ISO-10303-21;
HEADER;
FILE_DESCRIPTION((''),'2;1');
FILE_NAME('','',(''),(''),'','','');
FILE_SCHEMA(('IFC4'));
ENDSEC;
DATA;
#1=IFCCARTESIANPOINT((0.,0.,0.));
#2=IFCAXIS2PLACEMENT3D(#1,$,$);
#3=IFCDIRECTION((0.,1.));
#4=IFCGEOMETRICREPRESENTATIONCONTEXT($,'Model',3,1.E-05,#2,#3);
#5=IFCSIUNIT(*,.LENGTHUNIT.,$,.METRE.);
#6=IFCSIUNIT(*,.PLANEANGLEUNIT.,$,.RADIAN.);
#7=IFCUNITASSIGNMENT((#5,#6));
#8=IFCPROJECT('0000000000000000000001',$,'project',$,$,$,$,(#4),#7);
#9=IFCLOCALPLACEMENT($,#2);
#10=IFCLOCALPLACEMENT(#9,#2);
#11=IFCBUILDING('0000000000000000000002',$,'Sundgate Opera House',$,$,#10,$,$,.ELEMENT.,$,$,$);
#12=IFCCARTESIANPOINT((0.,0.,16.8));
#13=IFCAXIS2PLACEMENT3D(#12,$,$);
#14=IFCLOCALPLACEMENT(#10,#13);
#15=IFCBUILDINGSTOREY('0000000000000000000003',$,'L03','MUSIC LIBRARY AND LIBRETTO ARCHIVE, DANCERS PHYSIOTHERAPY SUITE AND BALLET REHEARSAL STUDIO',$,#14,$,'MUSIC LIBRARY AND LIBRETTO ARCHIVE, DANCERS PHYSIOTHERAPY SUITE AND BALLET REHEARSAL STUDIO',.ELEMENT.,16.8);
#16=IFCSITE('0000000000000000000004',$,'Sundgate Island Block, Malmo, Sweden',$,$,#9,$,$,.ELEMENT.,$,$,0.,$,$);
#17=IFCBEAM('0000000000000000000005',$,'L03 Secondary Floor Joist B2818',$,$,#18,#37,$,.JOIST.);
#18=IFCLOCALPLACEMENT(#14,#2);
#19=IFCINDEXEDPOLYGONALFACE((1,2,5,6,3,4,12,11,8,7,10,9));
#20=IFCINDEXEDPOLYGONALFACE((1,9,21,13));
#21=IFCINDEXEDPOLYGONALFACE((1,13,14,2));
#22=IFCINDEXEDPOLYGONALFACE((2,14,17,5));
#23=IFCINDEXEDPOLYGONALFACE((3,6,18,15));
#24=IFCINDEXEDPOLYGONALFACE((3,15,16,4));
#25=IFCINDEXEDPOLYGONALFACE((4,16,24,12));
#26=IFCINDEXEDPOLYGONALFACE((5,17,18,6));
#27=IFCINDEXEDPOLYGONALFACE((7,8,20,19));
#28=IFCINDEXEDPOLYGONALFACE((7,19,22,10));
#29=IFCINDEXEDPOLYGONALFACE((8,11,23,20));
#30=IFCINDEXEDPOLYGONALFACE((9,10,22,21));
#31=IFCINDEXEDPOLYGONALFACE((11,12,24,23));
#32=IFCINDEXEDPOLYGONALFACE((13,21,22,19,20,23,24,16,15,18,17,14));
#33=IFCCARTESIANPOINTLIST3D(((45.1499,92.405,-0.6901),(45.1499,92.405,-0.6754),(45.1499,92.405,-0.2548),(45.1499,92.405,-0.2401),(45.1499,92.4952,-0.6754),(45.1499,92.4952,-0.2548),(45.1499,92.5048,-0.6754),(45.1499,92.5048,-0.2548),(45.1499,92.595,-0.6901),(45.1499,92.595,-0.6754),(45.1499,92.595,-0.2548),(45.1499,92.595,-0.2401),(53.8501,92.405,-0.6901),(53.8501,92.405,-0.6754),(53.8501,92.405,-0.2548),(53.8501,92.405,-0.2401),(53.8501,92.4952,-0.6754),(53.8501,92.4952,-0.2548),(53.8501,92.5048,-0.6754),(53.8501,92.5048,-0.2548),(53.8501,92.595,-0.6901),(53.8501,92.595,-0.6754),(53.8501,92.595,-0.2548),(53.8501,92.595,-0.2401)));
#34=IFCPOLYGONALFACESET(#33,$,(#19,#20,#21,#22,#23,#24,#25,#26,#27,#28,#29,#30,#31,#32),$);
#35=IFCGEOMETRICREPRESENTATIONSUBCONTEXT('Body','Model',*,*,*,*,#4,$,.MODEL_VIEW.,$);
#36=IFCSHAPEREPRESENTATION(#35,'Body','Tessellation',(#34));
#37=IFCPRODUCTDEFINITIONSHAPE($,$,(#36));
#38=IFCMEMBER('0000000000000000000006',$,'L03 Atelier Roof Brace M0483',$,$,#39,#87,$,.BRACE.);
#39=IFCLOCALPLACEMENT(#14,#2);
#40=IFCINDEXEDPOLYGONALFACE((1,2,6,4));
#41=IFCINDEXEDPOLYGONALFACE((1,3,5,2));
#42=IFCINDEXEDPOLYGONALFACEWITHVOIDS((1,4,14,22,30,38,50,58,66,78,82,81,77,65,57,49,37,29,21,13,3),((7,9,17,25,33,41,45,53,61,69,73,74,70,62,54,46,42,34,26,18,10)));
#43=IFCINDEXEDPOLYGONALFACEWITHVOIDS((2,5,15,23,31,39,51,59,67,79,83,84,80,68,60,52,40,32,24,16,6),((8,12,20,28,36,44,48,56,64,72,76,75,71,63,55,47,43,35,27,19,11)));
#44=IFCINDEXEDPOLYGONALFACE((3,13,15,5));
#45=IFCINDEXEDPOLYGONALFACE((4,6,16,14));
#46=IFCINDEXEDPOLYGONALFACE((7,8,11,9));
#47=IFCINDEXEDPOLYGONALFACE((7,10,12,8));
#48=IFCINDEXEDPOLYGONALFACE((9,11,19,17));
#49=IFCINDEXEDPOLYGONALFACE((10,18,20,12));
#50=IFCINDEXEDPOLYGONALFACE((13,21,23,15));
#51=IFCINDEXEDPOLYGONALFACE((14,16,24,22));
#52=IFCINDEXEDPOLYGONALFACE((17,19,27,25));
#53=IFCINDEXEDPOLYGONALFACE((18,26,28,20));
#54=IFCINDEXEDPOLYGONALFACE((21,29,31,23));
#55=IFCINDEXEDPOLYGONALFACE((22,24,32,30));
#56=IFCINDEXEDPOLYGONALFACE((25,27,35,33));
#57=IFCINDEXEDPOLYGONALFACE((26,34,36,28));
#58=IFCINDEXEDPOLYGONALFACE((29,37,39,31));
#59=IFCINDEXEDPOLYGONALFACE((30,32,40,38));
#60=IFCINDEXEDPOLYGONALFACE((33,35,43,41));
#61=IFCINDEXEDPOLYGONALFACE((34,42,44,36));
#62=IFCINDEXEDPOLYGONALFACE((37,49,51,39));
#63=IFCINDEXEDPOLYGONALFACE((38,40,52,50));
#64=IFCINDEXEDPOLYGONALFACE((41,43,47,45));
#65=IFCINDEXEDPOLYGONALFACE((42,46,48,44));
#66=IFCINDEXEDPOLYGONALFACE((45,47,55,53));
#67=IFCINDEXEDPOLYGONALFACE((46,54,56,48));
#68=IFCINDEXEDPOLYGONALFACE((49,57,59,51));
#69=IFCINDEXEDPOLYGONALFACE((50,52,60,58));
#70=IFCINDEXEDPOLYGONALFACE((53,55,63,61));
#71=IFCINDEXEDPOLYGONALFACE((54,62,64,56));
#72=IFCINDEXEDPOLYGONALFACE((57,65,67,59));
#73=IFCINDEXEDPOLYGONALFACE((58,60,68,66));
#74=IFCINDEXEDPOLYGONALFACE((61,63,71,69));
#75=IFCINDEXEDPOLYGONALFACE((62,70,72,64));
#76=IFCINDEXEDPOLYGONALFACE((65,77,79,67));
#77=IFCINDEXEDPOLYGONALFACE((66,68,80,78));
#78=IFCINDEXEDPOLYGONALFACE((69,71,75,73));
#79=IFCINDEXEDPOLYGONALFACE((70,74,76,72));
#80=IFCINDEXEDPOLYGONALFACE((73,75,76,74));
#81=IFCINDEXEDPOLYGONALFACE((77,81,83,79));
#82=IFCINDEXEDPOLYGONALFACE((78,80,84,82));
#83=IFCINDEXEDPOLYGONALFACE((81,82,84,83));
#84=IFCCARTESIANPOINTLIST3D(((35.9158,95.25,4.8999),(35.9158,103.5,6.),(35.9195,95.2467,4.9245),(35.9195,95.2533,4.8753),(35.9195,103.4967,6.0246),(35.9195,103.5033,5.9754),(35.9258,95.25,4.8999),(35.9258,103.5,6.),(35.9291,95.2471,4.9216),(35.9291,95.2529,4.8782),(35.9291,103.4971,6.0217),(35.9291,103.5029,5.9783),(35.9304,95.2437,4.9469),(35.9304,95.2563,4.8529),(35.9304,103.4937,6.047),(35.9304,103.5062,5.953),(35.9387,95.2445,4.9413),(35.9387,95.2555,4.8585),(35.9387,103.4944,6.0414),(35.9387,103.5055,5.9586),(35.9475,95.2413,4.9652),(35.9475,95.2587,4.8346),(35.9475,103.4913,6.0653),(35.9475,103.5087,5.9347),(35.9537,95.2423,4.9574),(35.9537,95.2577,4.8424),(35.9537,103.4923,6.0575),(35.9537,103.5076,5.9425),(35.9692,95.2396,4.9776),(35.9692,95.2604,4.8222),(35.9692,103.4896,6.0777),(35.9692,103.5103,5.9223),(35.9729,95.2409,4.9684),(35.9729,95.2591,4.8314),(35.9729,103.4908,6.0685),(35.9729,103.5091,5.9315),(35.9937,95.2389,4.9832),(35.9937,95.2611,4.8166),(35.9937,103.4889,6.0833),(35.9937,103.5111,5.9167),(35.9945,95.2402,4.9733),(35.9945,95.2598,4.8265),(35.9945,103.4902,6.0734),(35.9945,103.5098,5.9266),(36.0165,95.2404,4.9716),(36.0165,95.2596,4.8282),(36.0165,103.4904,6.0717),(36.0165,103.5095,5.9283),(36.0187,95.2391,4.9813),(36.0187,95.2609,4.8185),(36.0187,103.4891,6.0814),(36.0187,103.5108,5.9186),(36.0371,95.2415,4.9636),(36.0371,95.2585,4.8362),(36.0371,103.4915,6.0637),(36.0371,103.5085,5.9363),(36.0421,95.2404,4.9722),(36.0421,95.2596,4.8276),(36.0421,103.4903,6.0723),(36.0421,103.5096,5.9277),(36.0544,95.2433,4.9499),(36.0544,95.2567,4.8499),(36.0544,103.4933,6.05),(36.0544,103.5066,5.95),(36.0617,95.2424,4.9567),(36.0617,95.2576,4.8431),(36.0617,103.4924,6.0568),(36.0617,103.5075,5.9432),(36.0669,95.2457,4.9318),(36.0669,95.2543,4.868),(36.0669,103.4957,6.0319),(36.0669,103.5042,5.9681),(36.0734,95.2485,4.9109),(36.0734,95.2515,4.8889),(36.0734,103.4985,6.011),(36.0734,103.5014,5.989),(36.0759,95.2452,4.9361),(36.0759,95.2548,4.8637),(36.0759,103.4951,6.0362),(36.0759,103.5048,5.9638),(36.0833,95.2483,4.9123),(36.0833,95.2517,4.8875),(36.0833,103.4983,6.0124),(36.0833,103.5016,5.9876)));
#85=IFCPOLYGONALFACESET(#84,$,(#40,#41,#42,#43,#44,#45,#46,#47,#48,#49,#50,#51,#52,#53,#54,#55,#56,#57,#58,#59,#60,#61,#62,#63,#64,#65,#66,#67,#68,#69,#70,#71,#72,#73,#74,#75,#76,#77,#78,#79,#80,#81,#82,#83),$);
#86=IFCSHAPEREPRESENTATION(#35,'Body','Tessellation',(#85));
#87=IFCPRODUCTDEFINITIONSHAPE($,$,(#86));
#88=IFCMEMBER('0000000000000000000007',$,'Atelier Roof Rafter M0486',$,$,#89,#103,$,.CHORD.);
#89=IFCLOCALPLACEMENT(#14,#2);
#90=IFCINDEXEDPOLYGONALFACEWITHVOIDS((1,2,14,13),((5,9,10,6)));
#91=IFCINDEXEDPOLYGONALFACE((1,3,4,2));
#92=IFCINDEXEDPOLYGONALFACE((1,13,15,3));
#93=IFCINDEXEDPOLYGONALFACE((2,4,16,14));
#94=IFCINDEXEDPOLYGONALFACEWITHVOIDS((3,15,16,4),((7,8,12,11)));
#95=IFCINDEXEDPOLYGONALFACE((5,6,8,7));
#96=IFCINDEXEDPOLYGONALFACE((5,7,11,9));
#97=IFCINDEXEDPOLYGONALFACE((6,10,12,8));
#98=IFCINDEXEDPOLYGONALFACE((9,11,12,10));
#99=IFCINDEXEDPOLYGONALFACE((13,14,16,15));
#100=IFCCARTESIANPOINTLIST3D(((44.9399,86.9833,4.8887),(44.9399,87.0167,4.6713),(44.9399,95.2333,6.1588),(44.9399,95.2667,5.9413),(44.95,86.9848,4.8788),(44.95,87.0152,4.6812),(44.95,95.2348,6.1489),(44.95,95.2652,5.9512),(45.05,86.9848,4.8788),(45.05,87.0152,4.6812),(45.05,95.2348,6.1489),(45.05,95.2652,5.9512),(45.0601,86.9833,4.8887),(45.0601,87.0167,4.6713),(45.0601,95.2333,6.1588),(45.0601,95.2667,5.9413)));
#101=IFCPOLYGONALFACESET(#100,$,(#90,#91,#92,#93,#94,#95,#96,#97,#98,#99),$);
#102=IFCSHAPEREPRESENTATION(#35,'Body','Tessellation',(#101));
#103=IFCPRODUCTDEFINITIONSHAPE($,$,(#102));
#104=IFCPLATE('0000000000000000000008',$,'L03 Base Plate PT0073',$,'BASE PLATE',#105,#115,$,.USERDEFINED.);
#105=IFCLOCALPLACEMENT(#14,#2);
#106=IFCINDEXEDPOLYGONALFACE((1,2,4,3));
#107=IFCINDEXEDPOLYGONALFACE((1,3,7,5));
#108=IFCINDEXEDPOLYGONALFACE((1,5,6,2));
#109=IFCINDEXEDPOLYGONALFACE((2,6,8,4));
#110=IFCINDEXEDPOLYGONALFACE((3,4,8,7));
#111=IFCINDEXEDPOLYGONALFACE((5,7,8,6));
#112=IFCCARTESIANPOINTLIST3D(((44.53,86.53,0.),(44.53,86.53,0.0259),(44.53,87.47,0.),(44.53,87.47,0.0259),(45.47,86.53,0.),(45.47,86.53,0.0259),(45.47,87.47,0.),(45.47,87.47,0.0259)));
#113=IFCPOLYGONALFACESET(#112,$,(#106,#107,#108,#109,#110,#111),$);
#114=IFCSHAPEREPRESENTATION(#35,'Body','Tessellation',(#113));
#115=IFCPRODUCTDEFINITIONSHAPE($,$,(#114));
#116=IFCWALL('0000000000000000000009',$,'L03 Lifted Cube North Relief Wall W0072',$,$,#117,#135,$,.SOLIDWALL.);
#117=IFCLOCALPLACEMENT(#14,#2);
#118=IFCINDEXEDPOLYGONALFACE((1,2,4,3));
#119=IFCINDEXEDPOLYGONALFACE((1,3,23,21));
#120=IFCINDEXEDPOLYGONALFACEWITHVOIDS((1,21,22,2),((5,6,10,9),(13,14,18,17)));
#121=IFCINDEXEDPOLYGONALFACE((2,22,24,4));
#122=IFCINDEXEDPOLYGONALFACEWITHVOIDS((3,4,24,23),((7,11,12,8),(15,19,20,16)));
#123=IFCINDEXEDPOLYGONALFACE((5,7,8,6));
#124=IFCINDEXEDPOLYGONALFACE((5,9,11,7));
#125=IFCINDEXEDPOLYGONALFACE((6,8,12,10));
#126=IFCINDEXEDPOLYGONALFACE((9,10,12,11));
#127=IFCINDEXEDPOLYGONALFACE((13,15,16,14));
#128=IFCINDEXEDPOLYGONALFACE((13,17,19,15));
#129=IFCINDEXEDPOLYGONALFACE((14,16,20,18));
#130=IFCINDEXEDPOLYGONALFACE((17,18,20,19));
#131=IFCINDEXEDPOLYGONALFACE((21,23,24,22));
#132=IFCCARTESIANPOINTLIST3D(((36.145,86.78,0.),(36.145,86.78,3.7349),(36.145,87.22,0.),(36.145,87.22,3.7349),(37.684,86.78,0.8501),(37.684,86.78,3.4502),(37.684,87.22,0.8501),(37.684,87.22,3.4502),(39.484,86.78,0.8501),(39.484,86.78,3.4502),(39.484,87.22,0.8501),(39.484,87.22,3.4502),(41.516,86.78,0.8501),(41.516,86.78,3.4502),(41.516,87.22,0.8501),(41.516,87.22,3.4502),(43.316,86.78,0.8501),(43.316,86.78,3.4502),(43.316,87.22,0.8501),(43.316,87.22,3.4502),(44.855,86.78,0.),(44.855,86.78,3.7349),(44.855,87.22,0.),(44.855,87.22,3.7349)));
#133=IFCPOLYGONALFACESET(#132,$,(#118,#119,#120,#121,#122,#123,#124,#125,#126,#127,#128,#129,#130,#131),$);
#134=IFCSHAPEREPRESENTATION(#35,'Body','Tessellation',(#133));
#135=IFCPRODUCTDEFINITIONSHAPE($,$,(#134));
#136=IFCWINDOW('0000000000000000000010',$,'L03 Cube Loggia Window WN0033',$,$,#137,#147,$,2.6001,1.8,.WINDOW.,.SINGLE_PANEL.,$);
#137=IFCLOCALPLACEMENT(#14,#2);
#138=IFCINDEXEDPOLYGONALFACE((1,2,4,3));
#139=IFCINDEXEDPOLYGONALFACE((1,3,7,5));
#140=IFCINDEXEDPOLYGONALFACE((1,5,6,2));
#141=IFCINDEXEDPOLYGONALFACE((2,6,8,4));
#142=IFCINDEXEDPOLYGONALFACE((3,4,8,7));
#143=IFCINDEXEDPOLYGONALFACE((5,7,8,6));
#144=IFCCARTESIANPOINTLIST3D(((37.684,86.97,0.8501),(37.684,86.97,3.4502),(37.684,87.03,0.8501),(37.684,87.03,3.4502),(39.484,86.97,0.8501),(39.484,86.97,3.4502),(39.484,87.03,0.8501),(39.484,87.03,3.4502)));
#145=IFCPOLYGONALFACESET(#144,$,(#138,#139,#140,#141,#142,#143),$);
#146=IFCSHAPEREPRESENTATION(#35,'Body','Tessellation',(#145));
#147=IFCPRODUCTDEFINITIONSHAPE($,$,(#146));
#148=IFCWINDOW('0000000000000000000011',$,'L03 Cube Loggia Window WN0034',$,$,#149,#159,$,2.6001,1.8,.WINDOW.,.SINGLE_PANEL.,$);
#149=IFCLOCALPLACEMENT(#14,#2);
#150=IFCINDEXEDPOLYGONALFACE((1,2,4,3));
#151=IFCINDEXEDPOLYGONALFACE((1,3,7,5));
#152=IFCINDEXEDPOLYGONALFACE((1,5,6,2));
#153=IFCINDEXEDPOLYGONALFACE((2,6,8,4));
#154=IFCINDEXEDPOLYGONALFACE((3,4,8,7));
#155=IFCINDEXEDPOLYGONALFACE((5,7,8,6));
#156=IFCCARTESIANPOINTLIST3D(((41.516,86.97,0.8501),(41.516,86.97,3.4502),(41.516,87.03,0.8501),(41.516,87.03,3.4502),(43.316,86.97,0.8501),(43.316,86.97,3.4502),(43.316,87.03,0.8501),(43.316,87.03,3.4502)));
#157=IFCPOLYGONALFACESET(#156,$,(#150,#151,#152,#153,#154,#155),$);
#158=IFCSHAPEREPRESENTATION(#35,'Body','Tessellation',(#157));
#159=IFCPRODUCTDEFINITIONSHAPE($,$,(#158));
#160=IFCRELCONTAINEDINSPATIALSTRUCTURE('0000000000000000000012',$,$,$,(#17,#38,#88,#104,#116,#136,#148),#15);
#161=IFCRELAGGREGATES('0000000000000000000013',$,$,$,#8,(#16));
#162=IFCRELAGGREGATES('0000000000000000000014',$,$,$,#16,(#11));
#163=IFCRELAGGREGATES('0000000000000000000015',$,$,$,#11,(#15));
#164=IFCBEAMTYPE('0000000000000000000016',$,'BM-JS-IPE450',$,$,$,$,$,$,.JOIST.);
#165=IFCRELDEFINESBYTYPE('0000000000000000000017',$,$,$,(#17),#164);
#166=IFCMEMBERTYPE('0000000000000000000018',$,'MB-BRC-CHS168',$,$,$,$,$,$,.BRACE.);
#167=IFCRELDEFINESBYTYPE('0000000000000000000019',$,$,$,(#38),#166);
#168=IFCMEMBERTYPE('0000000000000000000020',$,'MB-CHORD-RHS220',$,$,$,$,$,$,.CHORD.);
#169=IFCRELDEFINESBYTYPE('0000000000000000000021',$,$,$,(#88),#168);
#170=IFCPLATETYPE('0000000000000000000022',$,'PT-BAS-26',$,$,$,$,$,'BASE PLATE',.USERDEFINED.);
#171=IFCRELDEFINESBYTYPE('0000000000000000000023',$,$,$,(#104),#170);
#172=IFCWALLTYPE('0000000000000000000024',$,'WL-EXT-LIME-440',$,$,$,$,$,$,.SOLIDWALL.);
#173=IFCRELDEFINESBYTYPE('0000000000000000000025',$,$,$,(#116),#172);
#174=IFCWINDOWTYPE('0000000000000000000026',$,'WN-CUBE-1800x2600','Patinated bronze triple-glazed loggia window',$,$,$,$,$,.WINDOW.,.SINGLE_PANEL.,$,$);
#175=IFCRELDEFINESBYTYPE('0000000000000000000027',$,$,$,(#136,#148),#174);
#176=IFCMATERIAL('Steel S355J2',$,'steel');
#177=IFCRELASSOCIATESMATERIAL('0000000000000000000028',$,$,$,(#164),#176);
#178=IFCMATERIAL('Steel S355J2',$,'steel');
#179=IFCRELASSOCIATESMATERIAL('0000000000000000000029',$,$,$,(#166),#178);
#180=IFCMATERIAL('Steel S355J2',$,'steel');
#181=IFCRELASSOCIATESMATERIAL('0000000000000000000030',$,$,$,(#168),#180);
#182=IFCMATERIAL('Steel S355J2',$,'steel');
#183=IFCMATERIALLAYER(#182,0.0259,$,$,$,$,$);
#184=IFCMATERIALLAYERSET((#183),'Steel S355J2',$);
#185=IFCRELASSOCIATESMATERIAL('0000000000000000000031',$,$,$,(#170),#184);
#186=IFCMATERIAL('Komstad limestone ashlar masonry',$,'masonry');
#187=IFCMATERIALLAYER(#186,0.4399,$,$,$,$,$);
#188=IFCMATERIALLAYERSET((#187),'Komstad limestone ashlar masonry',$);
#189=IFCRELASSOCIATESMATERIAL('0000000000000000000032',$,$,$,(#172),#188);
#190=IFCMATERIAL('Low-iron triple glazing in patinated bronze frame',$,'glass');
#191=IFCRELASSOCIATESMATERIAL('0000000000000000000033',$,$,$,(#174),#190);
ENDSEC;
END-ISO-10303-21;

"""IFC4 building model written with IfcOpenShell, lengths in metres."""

from ifc_helpers import new_model, si_unit, direction, frame, frame_2d, origin, origin_2d, place, context, subcontext, project, spatial, rectangle, hollow_rectangle, hollow_circle, i_section, extrude, material, layer, layer_set, material_profile, profile_set, type_object, element, fill, save


model = new_model("IFC4")

# Units and contexts
model_context = context("Model", 3, precision=1e-05, world=origin(), true_north=direction((0.0, 1.0)))
body_context = subcontext(model_context, "Body", "Model", "MODEL_VIEW")
ifc_project = project(units=[si_unit("LENGTHUNIT", "METRE"), si_unit("PLANEANGLEUNIT", "RADIAN")], contexts=[model_context])

# Site, building, storey
site_placement = place(None, origin())
site = spatial("IfcSite", under=ifc_project, at=site_placement, Name="Sundgate Island Block, Malmo, Sweden", CompositionType="ELEMENT", RefElevation=0.0)
building_placement = place(site_placement, origin())
building = spatial("IfcBuilding", under=site, at=building_placement, Name="Sundgate Opera House", CompositionType="ELEMENT")
storey_placement = place(building_placement, frame((0.0, 0.0, 16.8)))
storey = spatial("IfcBuildingStorey", under=building, at=storey_placement, Name="L03", Description="MUSIC LIBRARY AND LIBRETTO ARCHIVE, DANCERS PHYSIOTHERAPY SUITE AND BALLET REHEARSAL STUDIO", LongName="MUSIC LIBRARY AND LIBRETTO ARCHIVE, DANCERS PHYSIOTHERAPY SUITE AND BALLET REHEARSAL STUDIO", CompositionType="ELEMENT", Elevation=16.8)

# Beam
ifc_material_1 = material(Name="Steel S355J2", Category="steel")
ifc_material_profile_1 = material_profile(ifc_material_1, i_section(OverallWidth=0.1899, OverallDepth=0.45, WebThickness=0.0095, FlangeThickness=0.0146, at=origin_2d()), Name="IPE 450")
ifc_profile_set_1 = profile_set([ifc_material_profile_1], Name="Steel S355J2")
beam_type_1 = type_object("IfcBeamType", Name="BM-JS-IPE450", PredefinedType="JOIST", material=ifc_profile_set_1)
beam_1_placement = place(storey_placement, frame((45.1499, 92.5, -0.4651), z_axis=(1.0, 0.0, 0.0), x_axis=(0.0, 1.0, 0.0)))
element("IfcBeam", 1, at=beam_1_placement, inside=storey, type_object=beam_type_1, Name="L03 Secondary Floor Joist B2818", PredefinedType="JOIST", context=body_context, shape_type="SweptSolid", body=[
    extrude(i_section(OverallWidth=0.1899, OverallDepth=0.45, WebThickness=0.0095, FlangeThickness=0.0146, at=origin_2d()), origin(), (0.0, 0.0, 1.0), 8.7002),
])

# Members
ifc_material_2 = material(Name="Steel S355J2", Category="steel")
ifc_material_profile_2 = material_profile(ifc_material_2, hollow_circle(Radius=0.0842, WallThickness=0.01, at=origin_2d()), Name="CHS 168.3x10.0")
ifc_profile_set_2 = profile_set([ifc_material_profile_2], Name="Steel S355J2")
member_type_1 = type_object("IfcMemberType", Name="MB-BRC-CHS168", PredefinedType="BRACE", material=ifc_profile_set_2)
member_1_placement = place(storey_placement, frame((36.0, 95.25, 4.8999), z_axis=(0.0, 0.991226, 0.132175), x_axis=(-1.0, 0.0, 0.0)))
element("IfcMember", 2, at=member_1_placement, inside=storey, type_object=member_type_1, Name="L03 Atelier Roof Brace M0483", PredefinedType="BRACE", context=body_context, shape_type="SweptSolid", body=[
    extrude(hollow_circle(Radius=0.0842, WallThickness=0.01, at=origin_2d()), origin(), (0.0, 0.0, 1.0), 8.323),
])
ifc_material_3 = material(Name="Steel S355J2", Category="steel")
ifc_material_profile_3 = material_profile(ifc_material_3, hollow_rectangle(XDim=0.1201, YDim=0.22, WallThickness=0.01, at=origin_2d()), Name="RHS 220x120x10.0")
ifc_profile_set_3 = profile_set([ifc_material_profile_3], Name="Steel S355J2")
member_type_2 = type_object("IfcMemberType", Name="MB-CHORD-RHS220", PredefinedType="CHORD", material=ifc_profile_set_3)
member_2_placement = place(storey_placement, frame((45.0, 87.0, 4.78), z_axis=(0.0, 0.988357, 0.152149), x_axis=(-1.0, 0.0, 0.0)))
element("IfcMember", 3, at=member_2_placement, inside=storey, type_object=member_type_2, Name="Atelier Roof Rafter M0486", PredefinedType="CHORD", context=body_context, shape_type="SweptSolid", body=[
    extrude(hollow_rectangle(XDim=0.1201, YDim=0.22, WallThickness=0.01, at=origin_2d()), origin(), (0.0, 0.0, 1.0), 8.3472),
])

# Plate
ifc_material_4 = material(Name="Steel S355J2", Category="steel")
ifc_layer_1 = layer(ifc_material_4, 0.0259)
ifc_layer_set_1 = layer_set([ifc_layer_1], Name="Steel S355J2")
plate_type = type_object("IfcPlateType", Name="PT-BAS-26", ElementType="BASE PLATE", PredefinedType="USERDEFINED", material=ifc_layer_set_1)
plate_placement = place(storey_placement, frame((45.0, 87.0, 0.0), z_axis=(0.0, 0.0, 1.0), x_axis=(1.0, 0.0, 0.0)))
element("IfcPlate", 4, at=plate_placement, inside=storey, type_object=plate_type, Name="L03 Base Plate PT0073", ObjectType="BASE PLATE", PredefinedType="USERDEFINED", context=body_context, shape_type="SweptSolid", body=[
    extrude(rectangle(XDim=0.9399, YDim=0.9399, at=origin_2d()), origin(), (0.0, 0.0, 1.0), 0.0259),
])

# Wall, openings, windows
ifc_material_5 = material(Name="Komstad limestone ashlar masonry", Category="masonry")
ifc_layer_2 = layer(ifc_material_5, 0.4399)
ifc_layer_set_2 = layer_set([ifc_layer_2], Name="Komstad limestone ashlar masonry")
wall_type_1 = type_object("IfcWallType", Name="WL-EXT-LIME-440", PredefinedType="SOLIDWALL", material=ifc_layer_set_2)
wall_1_placement = place(storey_placement, frame((36.145, 87.0, 0.0), z_axis=(0.0, 0.0, 1.0), x_axis=(1.0, 0.0, 0.0)))
wall_1 = element("IfcWall", 5, at=wall_1_placement, inside=storey, type_object=wall_type_1, Name="L03 Lifted Cube North Relief Wall W0072", PredefinedType="SOLIDWALL", context=body_context, shape_type="SweptSolid", body=[
    extrude(rectangle(XDim=8.71, YDim=0.4399, at=frame_2d((4.355, 0.0))), origin(), (0.0, 0.0, 1.0), 3.7349),
])
opening_1_placement = place(wall_1_placement, frame((1.5391, 0.0, 0.8501)))
opening_1 = element("IfcOpeningElement", 6, at=opening_1_placement, cuts=wall_1, PredefinedType="OPENING", context=body_context, shape_type="SweptSolid", body=[
    extrude(rectangle(XDim=1.8, YDim=2.6001, at=frame_2d((0.8999, 1.3))), frame((0.0, 0.23, 0.0), z_axis=(0.0, -1.0, 0.0), x_axis=(1.0, 0.0, 0.0)), (0.0, 0.0, 1.0), 0.46),
])
opening_2_placement = place(wall_1_placement, frame((5.3711, 0.0, 0.8501)))
opening_2 = element("IfcOpeningElement", 7, at=opening_2_placement, cuts=wall_1, PredefinedType="OPENING", context=body_context, shape_type="SweptSolid", body=[
    extrude(rectangle(XDim=1.8, YDim=2.6001, at=frame_2d((0.8999, 1.3))), frame((0.0, 0.23, 0.0), z_axis=(0.0, -1.0, 0.0), x_axis=(1.0, 0.0, 0.0)), (0.0, 0.0, 1.0), 0.46),
])
ifc_material_6 = material(Name="Low-iron triple glazing in patinated bronze frame", Category="glass")
window_type = type_object("IfcWindowType", Name="WN-CUBE-1800x2600", Description="Patinated bronze triple-glazed loggia window", PartitioningType="SINGLE_PANEL", PredefinedType="WINDOW", material=ifc_material_6)
window_1_placement = place(opening_1_placement, origin())
window_1 = element("IfcWindow", 8, at=window_1_placement, inside=storey, type_object=window_type, Name="L03 Cube Loggia Window WN0033", OverallHeight=2.6001, OverallWidth=1.8, PartitioningType="SINGLE_PANEL", PredefinedType="WINDOW", context=body_context, shape_type="SweptSolid", body=[
    extrude(rectangle(XDim=1.8, YDim=2.6001, at=frame_2d((0.8999, 1.3))), frame((0.0, 0.03, 0.0), z_axis=(0.0, -1.0, 0.0), x_axis=(1.0, 0.0, 0.0)), (0.0, 0.0, 1.0), 0.0601),
])
fill(opening_1, window_1)
window_2_placement = place(opening_2_placement, origin())
window_2 = element("IfcWindow", 9, at=window_2_placement, inside=storey, type_object=window_type, Name="L03 Cube Loggia Window WN0034", OverallHeight=2.6001, OverallWidth=1.8, PartitioningType="SINGLE_PANEL", PredefinedType="WINDOW", context=body_context, shape_type="SweptSolid", body=[
    extrude(rectangle(XDim=1.8, YDim=2.6001, at=frame_2d((0.8999, 1.3))), frame((0.0, 0.03, 0.0), z_axis=(0.0, -1.0, 0.0), x_axis=(1.0, 0.0, 0.0)), (0.0, 0.0, 1.0), 0.0601),
])
fill(opening_2, window_2)

save(model, "model.ifc")
